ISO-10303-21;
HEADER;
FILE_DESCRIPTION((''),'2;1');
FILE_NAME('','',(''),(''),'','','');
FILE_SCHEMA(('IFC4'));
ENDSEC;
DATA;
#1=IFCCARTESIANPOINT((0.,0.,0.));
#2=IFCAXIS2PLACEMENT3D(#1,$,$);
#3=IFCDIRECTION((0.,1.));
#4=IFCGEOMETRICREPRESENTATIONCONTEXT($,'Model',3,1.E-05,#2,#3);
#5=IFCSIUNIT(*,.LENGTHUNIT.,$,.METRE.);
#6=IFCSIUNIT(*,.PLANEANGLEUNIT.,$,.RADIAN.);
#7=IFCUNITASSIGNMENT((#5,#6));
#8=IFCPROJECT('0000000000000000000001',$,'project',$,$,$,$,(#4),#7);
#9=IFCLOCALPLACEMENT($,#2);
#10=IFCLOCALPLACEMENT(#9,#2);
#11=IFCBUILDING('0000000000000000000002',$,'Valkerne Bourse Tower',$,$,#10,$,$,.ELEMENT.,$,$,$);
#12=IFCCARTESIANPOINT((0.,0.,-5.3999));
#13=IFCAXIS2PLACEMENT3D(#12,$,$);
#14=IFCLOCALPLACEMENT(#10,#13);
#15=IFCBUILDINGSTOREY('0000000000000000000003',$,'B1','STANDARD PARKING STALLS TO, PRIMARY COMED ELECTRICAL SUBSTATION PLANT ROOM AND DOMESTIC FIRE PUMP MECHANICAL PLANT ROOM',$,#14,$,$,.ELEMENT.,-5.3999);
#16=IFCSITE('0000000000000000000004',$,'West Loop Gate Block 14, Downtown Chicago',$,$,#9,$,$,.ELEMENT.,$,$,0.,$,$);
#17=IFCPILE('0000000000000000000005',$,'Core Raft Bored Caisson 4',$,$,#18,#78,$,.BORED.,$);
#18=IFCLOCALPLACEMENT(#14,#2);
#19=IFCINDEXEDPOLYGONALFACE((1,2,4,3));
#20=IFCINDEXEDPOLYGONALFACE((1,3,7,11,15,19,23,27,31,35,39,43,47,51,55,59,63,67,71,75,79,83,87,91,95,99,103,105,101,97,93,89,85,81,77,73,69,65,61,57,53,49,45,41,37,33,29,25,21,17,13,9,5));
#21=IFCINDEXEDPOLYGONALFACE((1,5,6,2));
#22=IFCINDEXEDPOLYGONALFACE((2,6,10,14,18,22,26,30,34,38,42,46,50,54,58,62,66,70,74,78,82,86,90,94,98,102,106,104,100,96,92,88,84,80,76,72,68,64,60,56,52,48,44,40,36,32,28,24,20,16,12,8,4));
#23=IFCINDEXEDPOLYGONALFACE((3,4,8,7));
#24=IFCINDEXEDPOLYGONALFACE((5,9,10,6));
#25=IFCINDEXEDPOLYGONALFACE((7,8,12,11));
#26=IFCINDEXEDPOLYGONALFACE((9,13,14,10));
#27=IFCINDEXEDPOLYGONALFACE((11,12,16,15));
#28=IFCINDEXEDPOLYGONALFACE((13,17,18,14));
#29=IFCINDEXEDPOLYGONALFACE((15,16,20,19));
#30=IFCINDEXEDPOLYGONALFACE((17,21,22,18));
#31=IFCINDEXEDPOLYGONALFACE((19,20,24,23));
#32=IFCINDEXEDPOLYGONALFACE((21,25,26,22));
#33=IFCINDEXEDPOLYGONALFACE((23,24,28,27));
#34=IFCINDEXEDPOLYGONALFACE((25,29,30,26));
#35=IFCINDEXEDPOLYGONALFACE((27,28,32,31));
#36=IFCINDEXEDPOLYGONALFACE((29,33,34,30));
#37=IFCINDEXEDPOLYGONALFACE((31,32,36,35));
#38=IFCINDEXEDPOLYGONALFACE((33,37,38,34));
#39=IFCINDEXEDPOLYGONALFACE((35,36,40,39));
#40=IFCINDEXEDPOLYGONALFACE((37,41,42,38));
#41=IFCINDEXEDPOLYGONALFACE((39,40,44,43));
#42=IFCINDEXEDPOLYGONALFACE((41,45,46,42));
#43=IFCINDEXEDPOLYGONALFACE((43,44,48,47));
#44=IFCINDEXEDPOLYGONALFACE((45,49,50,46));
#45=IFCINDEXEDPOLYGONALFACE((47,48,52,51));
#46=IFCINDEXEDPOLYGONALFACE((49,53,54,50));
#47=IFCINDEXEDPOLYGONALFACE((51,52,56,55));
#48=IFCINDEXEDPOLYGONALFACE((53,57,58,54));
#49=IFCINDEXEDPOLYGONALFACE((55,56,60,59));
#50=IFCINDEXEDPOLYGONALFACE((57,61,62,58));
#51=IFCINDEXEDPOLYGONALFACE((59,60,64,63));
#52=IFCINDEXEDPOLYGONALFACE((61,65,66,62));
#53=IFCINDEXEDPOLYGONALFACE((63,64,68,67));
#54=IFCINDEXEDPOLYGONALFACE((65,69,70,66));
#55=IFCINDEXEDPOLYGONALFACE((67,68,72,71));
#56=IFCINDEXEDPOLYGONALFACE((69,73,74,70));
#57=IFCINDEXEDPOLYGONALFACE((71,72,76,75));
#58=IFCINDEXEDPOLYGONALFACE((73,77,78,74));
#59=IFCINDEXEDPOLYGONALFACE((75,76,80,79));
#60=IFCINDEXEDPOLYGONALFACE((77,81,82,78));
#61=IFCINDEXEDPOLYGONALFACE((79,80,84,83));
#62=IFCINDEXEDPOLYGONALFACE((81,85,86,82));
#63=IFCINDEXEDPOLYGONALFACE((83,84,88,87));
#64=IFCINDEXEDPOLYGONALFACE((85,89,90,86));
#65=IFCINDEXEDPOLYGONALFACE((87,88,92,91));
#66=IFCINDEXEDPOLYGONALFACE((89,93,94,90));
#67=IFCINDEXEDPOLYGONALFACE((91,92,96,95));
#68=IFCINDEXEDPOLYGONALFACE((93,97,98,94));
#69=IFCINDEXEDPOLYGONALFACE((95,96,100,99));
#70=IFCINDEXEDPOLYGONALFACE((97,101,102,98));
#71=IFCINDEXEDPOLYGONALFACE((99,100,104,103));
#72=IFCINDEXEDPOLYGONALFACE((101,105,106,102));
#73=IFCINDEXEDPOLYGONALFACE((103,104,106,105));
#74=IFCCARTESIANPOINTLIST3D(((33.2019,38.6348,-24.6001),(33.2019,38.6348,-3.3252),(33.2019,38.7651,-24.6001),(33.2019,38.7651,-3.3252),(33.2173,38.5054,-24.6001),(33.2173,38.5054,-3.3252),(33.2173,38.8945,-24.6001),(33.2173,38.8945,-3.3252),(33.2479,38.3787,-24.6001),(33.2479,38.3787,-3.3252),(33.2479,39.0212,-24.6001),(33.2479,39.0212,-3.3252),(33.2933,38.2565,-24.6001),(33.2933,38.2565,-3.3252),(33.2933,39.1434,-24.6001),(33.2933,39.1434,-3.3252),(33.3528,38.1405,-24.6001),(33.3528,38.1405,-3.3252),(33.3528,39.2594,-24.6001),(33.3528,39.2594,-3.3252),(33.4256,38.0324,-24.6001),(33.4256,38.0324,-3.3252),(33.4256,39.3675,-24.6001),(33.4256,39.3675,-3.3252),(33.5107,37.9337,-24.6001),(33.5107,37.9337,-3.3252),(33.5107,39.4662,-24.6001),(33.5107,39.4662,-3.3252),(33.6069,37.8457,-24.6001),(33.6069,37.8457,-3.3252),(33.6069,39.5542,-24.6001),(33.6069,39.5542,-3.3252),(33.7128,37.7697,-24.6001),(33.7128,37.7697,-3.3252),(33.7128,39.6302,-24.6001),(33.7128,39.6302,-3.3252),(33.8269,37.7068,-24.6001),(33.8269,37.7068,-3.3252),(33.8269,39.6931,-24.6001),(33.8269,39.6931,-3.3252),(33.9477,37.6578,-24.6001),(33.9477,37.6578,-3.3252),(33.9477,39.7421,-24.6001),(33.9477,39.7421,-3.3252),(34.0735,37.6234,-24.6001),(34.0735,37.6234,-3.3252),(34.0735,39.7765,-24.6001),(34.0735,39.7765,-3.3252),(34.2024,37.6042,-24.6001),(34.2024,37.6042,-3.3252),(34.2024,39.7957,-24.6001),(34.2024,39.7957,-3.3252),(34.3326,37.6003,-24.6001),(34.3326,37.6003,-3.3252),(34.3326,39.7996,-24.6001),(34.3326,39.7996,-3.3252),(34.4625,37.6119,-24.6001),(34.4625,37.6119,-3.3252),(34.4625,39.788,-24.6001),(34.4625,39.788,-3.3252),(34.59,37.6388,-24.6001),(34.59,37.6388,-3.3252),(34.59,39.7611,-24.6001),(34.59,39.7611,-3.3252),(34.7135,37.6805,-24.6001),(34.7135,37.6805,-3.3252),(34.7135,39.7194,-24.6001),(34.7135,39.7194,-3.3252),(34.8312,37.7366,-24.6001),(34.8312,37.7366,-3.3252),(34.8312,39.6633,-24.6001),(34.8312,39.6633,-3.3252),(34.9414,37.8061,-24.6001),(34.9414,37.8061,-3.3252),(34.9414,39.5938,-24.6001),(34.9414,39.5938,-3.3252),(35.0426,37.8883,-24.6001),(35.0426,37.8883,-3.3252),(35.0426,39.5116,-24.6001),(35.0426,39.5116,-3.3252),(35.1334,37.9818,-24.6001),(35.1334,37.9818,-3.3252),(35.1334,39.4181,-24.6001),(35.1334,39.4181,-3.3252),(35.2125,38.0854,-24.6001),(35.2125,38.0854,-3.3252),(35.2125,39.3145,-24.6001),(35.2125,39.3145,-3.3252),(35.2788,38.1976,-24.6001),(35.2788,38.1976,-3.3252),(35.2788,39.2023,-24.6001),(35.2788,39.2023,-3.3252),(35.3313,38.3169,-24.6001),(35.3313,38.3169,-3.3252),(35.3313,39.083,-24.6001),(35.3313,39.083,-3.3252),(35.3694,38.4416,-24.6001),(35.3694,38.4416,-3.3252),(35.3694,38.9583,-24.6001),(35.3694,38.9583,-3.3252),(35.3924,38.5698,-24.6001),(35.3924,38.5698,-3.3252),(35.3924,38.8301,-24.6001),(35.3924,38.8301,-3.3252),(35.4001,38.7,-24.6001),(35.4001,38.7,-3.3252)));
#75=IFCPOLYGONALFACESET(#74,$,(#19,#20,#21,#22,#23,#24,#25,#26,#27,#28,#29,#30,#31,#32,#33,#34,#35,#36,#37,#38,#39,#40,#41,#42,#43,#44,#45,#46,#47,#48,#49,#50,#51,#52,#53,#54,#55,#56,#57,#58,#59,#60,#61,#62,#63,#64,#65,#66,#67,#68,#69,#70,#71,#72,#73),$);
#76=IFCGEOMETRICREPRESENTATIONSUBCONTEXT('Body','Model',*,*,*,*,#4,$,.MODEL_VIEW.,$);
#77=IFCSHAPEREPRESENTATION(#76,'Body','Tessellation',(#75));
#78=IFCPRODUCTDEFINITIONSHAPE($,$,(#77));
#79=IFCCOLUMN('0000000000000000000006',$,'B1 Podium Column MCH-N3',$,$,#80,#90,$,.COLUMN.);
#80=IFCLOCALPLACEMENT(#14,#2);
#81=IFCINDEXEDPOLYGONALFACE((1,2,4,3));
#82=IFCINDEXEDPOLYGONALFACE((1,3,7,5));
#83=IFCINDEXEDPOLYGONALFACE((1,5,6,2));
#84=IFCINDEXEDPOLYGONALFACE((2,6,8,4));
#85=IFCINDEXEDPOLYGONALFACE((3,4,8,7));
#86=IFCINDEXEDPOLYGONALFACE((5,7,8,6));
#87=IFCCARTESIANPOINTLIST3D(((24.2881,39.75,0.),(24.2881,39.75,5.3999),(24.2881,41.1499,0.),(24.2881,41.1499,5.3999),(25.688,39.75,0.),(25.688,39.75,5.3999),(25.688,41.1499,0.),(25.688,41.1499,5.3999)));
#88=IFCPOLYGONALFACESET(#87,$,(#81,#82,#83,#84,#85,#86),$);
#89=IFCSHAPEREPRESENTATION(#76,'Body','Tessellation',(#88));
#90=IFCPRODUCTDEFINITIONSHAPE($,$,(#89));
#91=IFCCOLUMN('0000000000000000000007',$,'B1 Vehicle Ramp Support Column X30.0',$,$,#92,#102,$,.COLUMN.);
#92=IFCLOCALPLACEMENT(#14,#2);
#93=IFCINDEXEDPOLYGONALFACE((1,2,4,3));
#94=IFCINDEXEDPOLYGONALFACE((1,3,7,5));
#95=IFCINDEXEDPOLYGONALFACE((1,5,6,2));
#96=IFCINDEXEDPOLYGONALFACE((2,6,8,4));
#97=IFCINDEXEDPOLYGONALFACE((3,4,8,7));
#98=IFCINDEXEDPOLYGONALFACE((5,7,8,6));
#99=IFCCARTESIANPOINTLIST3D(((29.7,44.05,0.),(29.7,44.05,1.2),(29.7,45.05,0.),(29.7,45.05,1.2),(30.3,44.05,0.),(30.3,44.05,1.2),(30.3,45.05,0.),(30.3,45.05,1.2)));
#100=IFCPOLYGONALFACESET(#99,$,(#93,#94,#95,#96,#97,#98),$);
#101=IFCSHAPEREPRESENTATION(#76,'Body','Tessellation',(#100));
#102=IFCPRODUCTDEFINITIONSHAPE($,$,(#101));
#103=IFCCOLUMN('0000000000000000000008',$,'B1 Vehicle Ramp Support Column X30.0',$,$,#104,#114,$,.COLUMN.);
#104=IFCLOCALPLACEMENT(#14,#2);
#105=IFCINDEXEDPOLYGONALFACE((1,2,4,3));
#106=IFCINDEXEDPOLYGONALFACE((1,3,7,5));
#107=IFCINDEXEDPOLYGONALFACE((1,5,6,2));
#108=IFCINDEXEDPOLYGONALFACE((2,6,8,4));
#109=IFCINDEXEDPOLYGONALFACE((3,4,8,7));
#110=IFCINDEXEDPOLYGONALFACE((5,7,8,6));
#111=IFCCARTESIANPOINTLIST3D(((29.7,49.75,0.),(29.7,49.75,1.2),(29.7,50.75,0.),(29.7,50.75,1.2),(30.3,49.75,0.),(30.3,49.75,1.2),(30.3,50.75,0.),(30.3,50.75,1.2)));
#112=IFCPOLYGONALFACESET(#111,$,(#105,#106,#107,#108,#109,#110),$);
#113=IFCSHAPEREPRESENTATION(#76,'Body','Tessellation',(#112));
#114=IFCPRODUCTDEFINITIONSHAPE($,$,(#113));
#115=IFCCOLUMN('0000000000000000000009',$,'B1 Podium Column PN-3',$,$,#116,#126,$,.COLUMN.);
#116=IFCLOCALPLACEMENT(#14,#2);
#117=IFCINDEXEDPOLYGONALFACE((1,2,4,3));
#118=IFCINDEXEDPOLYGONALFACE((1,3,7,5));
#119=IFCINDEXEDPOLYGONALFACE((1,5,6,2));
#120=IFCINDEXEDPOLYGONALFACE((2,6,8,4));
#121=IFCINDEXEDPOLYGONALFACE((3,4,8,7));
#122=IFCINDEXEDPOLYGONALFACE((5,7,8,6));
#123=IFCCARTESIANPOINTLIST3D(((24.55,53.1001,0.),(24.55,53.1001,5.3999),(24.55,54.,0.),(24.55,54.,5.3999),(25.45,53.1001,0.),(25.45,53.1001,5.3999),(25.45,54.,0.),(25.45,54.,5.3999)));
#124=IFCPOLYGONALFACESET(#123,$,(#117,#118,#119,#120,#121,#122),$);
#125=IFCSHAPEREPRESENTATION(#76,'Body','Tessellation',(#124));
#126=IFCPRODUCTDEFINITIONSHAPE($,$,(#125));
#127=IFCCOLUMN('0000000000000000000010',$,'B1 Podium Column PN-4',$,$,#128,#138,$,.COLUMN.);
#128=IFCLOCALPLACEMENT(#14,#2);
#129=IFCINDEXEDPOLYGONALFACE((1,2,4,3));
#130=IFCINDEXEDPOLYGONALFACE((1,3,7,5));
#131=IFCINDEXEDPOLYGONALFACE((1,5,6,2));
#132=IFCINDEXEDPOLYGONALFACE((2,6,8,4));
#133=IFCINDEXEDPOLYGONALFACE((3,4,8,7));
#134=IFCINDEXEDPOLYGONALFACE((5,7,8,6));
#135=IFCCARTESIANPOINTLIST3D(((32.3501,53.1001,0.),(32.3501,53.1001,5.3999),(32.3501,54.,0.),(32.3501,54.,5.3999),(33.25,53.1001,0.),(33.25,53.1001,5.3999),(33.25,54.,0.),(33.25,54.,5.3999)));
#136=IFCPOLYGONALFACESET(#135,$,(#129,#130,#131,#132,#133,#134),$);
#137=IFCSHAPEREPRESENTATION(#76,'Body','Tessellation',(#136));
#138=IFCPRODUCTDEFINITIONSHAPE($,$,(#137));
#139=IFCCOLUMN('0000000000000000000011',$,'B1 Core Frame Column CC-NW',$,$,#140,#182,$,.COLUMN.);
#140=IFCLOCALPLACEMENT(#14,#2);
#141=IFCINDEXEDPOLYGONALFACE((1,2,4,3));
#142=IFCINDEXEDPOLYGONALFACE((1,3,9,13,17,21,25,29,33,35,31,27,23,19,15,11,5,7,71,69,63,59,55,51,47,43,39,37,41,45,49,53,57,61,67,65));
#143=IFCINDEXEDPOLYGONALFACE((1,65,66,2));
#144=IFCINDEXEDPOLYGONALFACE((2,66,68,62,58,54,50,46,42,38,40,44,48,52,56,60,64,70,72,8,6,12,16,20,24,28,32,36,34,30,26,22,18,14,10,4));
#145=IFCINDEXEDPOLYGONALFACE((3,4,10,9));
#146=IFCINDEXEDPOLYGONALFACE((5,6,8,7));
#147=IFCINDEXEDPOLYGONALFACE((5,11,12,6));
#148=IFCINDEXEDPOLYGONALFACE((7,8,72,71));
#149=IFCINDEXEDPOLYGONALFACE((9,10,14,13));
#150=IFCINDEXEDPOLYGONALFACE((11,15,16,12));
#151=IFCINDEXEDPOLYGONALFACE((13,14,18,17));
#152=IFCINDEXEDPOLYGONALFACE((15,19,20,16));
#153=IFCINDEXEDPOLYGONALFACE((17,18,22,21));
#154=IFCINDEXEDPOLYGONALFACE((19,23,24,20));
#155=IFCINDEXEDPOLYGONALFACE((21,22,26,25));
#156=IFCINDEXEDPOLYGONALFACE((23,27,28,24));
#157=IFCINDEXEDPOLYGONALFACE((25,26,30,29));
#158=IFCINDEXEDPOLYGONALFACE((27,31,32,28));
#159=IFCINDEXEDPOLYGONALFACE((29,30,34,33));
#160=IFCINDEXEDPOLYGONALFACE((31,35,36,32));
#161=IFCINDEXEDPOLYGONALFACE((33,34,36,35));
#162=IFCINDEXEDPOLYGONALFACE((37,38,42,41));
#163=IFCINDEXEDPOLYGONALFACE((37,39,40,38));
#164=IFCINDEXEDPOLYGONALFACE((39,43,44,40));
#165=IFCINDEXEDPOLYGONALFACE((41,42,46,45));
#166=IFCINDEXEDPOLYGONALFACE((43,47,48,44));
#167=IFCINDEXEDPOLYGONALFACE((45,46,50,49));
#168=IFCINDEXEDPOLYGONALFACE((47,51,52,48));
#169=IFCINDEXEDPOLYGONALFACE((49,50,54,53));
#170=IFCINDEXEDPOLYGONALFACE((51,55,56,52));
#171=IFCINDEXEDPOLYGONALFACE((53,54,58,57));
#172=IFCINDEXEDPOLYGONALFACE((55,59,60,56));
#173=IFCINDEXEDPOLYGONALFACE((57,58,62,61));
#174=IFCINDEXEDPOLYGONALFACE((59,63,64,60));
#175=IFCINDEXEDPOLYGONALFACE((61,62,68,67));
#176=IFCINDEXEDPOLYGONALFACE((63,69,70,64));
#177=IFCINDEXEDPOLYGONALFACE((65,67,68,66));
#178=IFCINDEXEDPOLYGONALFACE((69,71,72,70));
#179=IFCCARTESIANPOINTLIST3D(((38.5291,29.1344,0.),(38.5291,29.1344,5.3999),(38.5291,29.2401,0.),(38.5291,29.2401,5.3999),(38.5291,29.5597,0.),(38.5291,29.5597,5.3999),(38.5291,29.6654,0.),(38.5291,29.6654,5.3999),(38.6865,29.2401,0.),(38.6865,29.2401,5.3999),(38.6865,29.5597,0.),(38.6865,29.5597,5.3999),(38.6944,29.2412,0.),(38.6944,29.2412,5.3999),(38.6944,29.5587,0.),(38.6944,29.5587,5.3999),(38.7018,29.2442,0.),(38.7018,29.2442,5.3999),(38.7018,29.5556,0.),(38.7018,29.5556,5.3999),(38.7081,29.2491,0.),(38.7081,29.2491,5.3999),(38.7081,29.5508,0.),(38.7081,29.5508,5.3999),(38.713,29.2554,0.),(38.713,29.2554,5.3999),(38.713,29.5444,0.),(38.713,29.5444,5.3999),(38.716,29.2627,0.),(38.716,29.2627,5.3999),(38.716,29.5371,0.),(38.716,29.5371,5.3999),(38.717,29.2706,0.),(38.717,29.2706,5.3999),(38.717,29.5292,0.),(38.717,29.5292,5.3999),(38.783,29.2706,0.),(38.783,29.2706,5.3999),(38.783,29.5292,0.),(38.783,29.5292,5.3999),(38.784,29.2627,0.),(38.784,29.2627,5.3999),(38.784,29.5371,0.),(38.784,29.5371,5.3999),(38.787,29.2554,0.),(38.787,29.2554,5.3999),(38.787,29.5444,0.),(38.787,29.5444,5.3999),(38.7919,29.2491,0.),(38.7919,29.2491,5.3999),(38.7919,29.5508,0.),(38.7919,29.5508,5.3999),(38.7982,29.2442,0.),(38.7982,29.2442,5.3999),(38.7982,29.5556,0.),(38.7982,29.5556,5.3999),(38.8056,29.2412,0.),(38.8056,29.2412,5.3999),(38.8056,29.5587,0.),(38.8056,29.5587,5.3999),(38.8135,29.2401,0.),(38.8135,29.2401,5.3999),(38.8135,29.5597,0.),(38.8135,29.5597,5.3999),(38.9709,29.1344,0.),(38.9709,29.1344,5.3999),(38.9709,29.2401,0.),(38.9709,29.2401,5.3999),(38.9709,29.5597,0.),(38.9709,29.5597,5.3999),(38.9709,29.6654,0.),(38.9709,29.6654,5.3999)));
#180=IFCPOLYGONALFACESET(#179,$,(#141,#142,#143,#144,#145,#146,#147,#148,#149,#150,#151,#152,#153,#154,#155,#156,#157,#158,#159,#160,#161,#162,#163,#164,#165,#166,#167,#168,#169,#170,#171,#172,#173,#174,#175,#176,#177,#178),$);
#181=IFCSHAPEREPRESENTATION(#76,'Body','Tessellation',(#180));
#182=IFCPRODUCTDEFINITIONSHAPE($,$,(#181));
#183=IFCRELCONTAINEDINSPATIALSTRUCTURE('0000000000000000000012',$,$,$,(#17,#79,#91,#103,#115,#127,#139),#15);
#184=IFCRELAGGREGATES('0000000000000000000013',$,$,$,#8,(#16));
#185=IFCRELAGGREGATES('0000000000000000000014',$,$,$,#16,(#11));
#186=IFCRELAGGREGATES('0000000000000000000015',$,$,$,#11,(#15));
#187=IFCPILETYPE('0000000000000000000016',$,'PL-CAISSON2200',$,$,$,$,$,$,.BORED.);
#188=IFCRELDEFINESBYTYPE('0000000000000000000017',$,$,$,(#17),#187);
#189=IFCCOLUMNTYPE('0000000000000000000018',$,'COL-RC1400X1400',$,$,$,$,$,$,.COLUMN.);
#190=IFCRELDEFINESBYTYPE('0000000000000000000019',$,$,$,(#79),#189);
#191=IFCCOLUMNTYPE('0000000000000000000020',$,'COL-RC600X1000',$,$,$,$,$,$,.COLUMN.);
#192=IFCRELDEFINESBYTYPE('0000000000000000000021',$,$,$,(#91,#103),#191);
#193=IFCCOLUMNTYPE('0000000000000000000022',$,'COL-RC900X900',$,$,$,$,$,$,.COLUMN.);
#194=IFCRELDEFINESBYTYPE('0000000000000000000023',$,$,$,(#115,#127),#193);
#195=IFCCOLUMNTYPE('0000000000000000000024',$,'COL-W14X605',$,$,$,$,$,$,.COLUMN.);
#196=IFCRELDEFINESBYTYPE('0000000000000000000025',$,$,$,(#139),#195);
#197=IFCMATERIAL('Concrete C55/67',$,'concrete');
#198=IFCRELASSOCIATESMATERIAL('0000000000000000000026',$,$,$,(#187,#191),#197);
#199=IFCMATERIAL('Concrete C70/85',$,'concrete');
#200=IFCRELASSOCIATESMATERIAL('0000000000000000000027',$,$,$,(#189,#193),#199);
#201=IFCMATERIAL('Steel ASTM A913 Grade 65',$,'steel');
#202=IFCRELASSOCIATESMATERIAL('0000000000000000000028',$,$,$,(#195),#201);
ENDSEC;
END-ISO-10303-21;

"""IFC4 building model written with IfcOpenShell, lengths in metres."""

from ifc_helpers import new_model, si_unit, direction, frame, origin, origin_2d, place, context, subcontext, project, spatial, rectangle, circle, i_section, extrude, material, material_profile, profile_set, type_object, element, save


model = new_model("IFC4")

# Units and contexts
model_context = context("Model", 3, precision=1e-05, world=origin(), true_north=direction((0.0, 1.0)))
body_context = subcontext(model_context, "Body", "Model", "MODEL_VIEW")
ifc_project = project(units=[si_unit("LENGTHUNIT", "METRE"), si_unit("PLANEANGLEUNIT", "RADIAN")], contexts=[model_context])

# Site, building, storey
site_placement = place(None, origin())
site = spatial("IfcSite", under=ifc_project, at=site_placement, Name="West Loop Gate Block 14, Downtown Chicago", CompositionType="ELEMENT", RefElevation=0.0)
building_placement = place(site_placement, origin())
building = spatial("IfcBuilding", under=site, at=building_placement, Name="Valkerne Bourse Tower", CompositionType="ELEMENT")
storey_placement = place(building_placement, frame((0.0, 0.0, -5.3999)))
storey = spatial("IfcBuildingStorey", under=building, at=storey_placement, Name="B1", Description="STANDARD PARKING STALLS TO, PRIMARY COMED ELECTRICAL SUBSTATION PLANT ROOM AND DOMESTIC FIRE PUMP MECHANICAL PLANT ROOM", CompositionType="ELEMENT", Elevation=-5.3999)

# Shared definitions
ifc_material_1 = material(Name="Concrete C55/67", Category="concrete")

# Pile
ifc_material_profile_1 = material_profile(ifc_material_1, circle(Radius=1.1001, at=origin_2d()), Name="CAISSON2200")
ifc_profile_set_1 = profile_set([ifc_material_profile_1], Name="Concrete C55/67")
pile_type_1 = type_object("IfcPileType", Name="PL-CAISSON2200", PredefinedType="BORED", material=ifc_profile_set_1)
for number, where, z_axis, x_axis, name in (
    (1, (34.3, 38.7, -3.3252), (0.0, 0.0, -1.0), (1.0, 0.0, 0.0), "Core Raft Bored Caisson 4"),
):
    element("IfcPile", number, at=place(storey_placement, frame(where, z_axis=z_axis, x_axis=x_axis)), inside=storey, type_object=pile_type_1, Name=name, PredefinedType="BORED", context=body_context, shape_type="SweptSolid", body=[
        extrude(circle(Radius=1.1001, at=origin_2d()), origin(), (0.0, 0.0, 1.0), 21.2749),
    ])

# Columns
ifc_material_2 = material(Name="Concrete C70/85", Category="concrete")
ifc_material_profile_2 = material_profile(ifc_material_2, rectangle(XDim=1.3999, YDim=1.3999, at=origin_2d()), Name="RC1400X1400")
ifc_profile_set_2 = profile_set([ifc_material_profile_2], Name="Concrete C70/85")
column_type_1 = type_object("IfcColumnType", Name="COL-RC1400X1400", PredefinedType="COLUMN", material=ifc_profile_set_2)
column_1_placement = place(storey_placement, frame((24.988, 40.45, 0.0), z_axis=(0.0, 0.0, 1.0), x_axis=(1.0, 0.0, 0.0)))
element("IfcColumn", 2, at=column_1_placement, inside=storey, type_object=column_type_1, Name="B1 Podium Column MCH-N3", PredefinedType="COLUMN", context=body_context, shape_type="SweptSolid", body=[
    extrude(rectangle(XDim=1.3999, YDim=1.3999, at=origin_2d()), origin(), (0.0, 0.0, 1.0), 5.3999),
])
ifc_material_profile_3 = material_profile(ifc_material_1, rectangle(XDim=0.6001, YDim=1.0, at=origin_2d()), Name="RC600X1000")
ifc_profile_set_3 = profile_set([ifc_material_profile_3], Name="Concrete C55/67")
column_type_2 = type_object("IfcColumnType", Name="COL-RC600X1000", PredefinedType="COLUMN", material=ifc_profile_set_3)
for number, where, z_axis, x_axis, name in (
    (3, (30.0, 44.55, 0.0), (0.0, 0.0, 1.0), (1.0, 0.0, 0.0), "B1 Vehicle Ramp Support Column X30.0"),
    (4, (30.0, 50.25, 0.0), (0.0, 0.0, 1.0), (1.0, 0.0, 0.0), "B1 Vehicle Ramp Support Column X30.0"),
):
    element("IfcColumn", number, at=place(storey_placement, frame(where, z_axis=z_axis, x_axis=x_axis)), inside=storey, type_object=column_type_2, Name=name, PredefinedType="COLUMN", context=body_context, shape_type="SweptSolid", body=[
        extrude(rectangle(XDim=0.6001, YDim=1.0, at=origin_2d()), origin(), (0.0, 0.0, 1.0), 1.2),
    ])
ifc_material_profile_4 = material_profile(ifc_material_2, rectangle(XDim=0.8999, YDim=0.8999, at=origin_2d()), Name="RC900X900")
ifc_profile_set_4 = profile_set([ifc_material_profile_4], Name="Concrete C70/85")
column_type_3 = type_object("IfcColumnType", Name="COL-RC900X900", PredefinedType="COLUMN", material=ifc_profile_set_4)
for number, where, z_axis, x_axis, name in (
    (5, (25.0, 53.55, 0.0), (0.0, 0.0, 1.0), (1.0, 0.0, 0.0), "B1 Podium Column PN-3"),
    (6, (32.8, 53.55, 0.0), (0.0, 0.0, 1.0), (1.0, 0.0, 0.0), "B1 Podium Column PN-4"),
):
    element("IfcColumn", number, at=place(storey_placement, frame(where, z_axis=z_axis, x_axis=x_axis)), inside=storey, type_object=column_type_3, Name=name, PredefinedType="COLUMN", context=body_context, shape_type="SweptSolid", body=[
        extrude(rectangle(XDim=0.8999, YDim=0.8999, at=origin_2d()), origin(), (0.0, 0.0, 1.0), 5.3999),
    ])
ifc_material_3 = material(Name="Steel ASTM A913 Grade 65", Category="steel")
ifc_material_profile_5 = material_profile(ifc_material_3, i_section(OverallWidth=0.4419, OverallDepth=0.531, WebThickness=0.0659, FlangeThickness=0.1057, FilletRadius=0.0305, at=origin_2d()), Name="W14X605")
ifc_profile_set_5 = profile_set([ifc_material_profile_5], Name="Steel ASTM A913 Grade 65")
column_type_4 = type_object("IfcColumnType", Name="COL-W14X605", PredefinedType="COLUMN", material=ifc_profile_set_5)
column_2_placement = place(storey_placement, frame((38.75, 29.3999, 0.0), z_axis=(0.0, 0.0, 1.0), x_axis=(1.0, 0.0, 0.0)))
element("IfcColumn", 7, at=column_2_placement, inside=storey, type_object=column_type_4, Name="B1 Core Frame Column CC-NW", PredefinedType="COLUMN", context=body_context, shape_type="SweptSolid", body=[
    extrude(i_section(OverallWidth=0.4419, OverallDepth=0.531, WebThickness=0.0659, FlangeThickness=0.1057, FilletRadius=0.0305, at=origin_2d()), origin(), (0.0, 0.0, 1.0), 5.3999),
])

save(model, "model.ifc")
